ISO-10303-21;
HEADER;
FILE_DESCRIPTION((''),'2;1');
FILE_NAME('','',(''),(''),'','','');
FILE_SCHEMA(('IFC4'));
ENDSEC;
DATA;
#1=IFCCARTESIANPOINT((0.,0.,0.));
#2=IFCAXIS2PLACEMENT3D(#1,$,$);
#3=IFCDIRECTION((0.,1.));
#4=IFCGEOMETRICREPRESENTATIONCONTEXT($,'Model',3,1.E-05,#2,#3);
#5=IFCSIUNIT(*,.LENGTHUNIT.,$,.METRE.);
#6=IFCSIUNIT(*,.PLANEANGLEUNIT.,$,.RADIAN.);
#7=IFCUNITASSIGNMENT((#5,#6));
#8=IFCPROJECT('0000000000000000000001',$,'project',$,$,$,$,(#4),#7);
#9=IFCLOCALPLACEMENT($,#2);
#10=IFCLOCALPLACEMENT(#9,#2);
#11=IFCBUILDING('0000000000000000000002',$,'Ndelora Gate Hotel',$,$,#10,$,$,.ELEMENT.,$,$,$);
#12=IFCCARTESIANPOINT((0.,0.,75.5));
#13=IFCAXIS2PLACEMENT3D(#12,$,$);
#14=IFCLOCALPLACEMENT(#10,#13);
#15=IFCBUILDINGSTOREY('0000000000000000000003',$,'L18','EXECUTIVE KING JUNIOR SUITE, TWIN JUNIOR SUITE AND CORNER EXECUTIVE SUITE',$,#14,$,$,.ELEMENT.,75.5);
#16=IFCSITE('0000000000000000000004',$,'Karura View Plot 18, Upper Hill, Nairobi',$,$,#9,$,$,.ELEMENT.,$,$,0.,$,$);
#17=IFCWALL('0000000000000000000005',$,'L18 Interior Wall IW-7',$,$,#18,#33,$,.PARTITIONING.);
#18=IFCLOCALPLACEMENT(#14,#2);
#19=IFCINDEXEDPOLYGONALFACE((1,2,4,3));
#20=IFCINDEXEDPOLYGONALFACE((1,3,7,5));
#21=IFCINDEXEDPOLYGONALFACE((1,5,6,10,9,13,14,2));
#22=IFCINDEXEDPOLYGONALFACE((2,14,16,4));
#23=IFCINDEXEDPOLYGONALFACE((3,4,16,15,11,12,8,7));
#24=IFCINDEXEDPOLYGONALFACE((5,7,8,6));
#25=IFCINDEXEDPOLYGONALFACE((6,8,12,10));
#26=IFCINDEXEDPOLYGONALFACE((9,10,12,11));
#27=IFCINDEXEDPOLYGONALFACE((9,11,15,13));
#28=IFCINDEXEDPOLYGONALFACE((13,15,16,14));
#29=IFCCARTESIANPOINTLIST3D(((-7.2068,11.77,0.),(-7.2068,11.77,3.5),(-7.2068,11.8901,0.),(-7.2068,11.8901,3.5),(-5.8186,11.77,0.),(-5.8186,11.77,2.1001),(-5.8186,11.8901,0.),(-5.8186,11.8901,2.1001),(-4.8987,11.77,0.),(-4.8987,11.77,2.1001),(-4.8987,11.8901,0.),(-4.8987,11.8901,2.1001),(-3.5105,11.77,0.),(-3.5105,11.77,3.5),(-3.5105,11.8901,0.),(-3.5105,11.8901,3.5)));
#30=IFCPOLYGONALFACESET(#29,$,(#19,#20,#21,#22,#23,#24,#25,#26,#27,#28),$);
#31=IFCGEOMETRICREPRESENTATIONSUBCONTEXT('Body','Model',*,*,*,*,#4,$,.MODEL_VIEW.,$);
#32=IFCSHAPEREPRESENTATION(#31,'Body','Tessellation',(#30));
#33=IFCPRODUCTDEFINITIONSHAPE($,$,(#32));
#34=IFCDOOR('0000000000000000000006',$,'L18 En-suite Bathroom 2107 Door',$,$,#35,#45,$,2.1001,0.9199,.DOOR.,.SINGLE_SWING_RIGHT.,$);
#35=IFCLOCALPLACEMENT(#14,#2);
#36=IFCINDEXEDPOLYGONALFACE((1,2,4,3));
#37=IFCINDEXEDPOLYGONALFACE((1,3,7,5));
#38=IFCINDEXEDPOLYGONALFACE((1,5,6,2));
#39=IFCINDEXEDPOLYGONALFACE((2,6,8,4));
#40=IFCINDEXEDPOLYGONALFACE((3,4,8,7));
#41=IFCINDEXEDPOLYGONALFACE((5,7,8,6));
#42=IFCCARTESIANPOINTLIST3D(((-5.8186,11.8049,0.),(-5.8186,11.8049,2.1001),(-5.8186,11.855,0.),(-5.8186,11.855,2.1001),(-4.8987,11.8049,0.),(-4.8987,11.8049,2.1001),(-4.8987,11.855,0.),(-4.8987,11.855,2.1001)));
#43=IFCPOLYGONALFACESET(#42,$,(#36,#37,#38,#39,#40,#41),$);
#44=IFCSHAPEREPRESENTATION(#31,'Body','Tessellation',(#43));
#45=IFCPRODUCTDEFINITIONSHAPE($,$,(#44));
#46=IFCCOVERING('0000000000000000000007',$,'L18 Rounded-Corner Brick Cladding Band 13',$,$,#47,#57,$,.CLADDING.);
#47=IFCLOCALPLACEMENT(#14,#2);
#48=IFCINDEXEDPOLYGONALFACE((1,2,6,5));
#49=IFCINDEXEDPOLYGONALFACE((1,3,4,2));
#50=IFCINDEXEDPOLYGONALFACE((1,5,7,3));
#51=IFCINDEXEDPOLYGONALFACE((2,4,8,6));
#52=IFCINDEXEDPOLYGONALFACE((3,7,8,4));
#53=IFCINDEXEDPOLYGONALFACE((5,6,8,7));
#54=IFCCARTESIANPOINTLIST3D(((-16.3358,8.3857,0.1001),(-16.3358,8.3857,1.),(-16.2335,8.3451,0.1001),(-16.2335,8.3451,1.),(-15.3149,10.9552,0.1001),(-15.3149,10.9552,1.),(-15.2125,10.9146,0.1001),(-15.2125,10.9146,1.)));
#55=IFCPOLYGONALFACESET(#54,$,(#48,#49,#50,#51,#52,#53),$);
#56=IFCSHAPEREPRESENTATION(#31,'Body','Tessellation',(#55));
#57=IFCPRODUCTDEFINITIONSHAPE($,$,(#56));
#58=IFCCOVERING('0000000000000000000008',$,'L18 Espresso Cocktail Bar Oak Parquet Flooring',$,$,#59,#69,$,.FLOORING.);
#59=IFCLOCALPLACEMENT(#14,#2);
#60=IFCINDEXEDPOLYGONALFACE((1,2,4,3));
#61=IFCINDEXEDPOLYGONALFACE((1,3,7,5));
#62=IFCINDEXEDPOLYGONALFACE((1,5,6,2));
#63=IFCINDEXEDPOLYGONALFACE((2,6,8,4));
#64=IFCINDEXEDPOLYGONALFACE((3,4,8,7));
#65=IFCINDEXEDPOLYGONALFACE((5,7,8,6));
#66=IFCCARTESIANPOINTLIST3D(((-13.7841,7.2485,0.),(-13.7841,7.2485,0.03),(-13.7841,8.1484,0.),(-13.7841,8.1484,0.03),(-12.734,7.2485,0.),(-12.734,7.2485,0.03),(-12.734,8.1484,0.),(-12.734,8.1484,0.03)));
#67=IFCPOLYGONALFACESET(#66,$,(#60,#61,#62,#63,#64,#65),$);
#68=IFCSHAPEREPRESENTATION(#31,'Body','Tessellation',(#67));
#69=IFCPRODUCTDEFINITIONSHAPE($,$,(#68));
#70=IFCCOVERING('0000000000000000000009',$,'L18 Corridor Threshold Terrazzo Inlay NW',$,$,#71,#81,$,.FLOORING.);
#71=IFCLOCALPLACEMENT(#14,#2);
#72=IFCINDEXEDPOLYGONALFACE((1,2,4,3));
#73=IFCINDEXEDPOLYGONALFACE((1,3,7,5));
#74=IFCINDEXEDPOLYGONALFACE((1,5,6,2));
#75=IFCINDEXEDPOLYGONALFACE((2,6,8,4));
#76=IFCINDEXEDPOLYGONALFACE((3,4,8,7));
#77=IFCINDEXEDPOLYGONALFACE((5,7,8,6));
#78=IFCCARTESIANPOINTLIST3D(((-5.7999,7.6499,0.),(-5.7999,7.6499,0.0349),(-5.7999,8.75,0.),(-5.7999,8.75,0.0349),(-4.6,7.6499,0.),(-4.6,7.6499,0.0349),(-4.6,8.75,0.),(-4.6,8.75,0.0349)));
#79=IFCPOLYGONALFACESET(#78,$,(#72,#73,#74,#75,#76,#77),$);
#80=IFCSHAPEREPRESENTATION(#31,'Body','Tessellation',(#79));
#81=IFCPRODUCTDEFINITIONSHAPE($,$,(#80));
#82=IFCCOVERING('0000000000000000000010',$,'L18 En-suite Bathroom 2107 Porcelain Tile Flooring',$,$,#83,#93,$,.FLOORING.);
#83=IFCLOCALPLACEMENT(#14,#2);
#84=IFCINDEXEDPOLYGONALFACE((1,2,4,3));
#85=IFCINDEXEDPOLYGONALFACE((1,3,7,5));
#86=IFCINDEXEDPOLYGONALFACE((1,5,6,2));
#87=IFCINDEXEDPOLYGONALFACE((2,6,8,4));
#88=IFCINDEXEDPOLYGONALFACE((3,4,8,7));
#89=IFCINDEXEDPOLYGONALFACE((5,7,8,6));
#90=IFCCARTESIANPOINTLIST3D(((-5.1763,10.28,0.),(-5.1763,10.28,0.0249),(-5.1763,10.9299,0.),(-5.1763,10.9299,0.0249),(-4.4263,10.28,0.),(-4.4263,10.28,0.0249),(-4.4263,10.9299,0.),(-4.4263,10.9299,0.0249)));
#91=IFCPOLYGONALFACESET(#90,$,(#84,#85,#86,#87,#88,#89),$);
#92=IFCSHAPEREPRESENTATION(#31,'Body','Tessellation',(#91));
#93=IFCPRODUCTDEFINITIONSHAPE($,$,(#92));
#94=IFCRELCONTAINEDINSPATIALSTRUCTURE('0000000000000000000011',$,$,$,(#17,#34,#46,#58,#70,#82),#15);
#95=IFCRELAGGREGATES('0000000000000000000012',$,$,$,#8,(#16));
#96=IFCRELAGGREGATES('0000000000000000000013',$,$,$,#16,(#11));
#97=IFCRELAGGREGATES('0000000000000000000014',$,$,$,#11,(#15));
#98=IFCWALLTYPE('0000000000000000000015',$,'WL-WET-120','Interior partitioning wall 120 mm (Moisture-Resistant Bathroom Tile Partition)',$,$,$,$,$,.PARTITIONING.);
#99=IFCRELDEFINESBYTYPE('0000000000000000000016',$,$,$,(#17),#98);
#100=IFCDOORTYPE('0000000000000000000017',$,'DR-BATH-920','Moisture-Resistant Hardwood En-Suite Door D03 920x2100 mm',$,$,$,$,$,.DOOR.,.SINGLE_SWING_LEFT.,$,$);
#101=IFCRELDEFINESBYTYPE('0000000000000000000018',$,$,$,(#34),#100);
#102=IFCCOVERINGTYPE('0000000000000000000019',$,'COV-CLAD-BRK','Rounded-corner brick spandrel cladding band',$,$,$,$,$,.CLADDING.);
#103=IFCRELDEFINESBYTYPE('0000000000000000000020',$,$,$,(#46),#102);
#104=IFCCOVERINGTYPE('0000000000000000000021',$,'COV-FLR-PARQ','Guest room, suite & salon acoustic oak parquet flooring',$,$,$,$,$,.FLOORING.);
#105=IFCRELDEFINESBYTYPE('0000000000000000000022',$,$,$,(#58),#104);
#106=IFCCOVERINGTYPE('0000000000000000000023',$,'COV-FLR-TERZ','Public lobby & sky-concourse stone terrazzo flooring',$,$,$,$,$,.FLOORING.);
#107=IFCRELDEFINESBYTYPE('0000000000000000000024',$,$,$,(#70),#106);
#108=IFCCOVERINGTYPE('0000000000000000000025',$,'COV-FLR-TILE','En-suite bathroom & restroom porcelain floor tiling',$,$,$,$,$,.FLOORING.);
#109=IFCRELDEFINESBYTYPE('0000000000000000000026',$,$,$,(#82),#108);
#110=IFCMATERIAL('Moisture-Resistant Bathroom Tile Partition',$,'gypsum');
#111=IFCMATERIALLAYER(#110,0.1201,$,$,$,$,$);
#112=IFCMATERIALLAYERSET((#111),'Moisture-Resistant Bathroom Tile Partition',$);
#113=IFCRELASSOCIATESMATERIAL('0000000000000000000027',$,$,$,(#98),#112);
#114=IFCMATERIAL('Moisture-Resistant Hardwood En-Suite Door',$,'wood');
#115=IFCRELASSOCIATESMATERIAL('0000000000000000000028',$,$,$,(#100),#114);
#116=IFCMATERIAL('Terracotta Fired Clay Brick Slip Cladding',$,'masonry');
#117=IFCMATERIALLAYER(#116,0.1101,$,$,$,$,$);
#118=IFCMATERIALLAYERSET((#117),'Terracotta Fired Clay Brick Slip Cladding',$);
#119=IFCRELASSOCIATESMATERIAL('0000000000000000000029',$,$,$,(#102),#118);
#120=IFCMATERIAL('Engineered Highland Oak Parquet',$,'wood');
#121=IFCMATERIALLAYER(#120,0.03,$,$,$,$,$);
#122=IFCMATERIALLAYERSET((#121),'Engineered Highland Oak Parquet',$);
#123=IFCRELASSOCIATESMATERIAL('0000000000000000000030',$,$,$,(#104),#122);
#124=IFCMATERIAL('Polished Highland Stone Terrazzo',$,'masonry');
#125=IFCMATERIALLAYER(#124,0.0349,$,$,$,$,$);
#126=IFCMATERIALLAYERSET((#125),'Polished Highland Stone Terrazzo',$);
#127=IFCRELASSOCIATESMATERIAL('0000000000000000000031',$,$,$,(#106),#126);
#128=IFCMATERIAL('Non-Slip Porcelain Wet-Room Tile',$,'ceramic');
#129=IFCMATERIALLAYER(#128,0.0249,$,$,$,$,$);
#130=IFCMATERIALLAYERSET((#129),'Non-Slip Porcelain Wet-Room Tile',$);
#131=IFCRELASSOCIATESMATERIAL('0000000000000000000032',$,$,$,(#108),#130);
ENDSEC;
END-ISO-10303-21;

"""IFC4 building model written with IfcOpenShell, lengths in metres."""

from ifc_helpers import new_model, si_unit, direction, frame, frame_2d, origin, origin_2d, place, context, subcontext, project, spatial, rectangle, extrude, material, layer, layer_set, type_object, element, fill, save


model = new_model("IFC4")

# Units and contexts
model_context = context("Model", 3, precision=1e-05, world=origin(), true_north=direction((0.0, 1.0)))
body_context = subcontext(model_context, "Body", "Model", "MODEL_VIEW")
ifc_project = project(units=[si_unit("LENGTHUNIT", "METRE"), si_unit("PLANEANGLEUNIT", "RADIAN")], contexts=[model_context])

# Site, building, storey
site_placement = place(None, origin())
site = spatial("IfcSite", under=ifc_project, at=site_placement, Name="Karura View Plot 18, Upper Hill, Nairobi", CompositionType="ELEMENT", RefElevation=0.0)
building_placement = place(site_placement, origin())
building = spatial("IfcBuilding", under=site, at=building_placement, Name="Ndelora Gate Hotel", CompositionType="ELEMENT")
storey_placement = place(building_placement, frame((0.0, 0.0, 75.5)))
storey = spatial("IfcBuildingStorey", under=building, at=storey_placement, Name="L18", Description="EXECUTIVE KING JUNIOR SUITE, TWIN JUNIOR SUITE AND CORNER EXECUTIVE SUITE", CompositionType="ELEMENT", Elevation=75.5)

# Shared definitions
ifc_material_1 = material(Name="Moisture-Resistant Bathroom Tile Partition", Category="gypsum")
ifc_layer_1 = layer(ifc_material_1, 0.1201)
ifc_layer_set_1 = layer_set([ifc_layer_1], Name="Moisture-Resistant Bathroom Tile Partition")
wall_type_1 = type_object("IfcWallType", Name="WL-WET-120", Description="Interior partitioning wall 120 mm (Moisture-Resistant Bathroom Tile Partition)", PredefinedType="PARTITIONING", material=ifc_layer_set_1)

# Wall, opening, door
wall_1_placement = place(storey_placement, frame((-7.2068, 11.8301, 0.0), z_axis=(0.0, 0.0, 1.0), x_axis=(1.0, 0.0, 0.0)))
wall_1 = element("IfcWall", 1, at=wall_1_placement, inside=storey, type_object=wall_type_1, Name="L18 Interior Wall IW-7", PredefinedType="PARTITIONING", context=body_context, shape_type="SweptSolid", body=[
    extrude(rectangle(XDim=3.6963, YDim=0.1201, at=frame_2d((1.8481, 0.0))), origin(), (0.0, 0.0, 1.0), 3.5),
])
opening_1_placement = place(wall_1_placement, frame((1.3882, 0.0, 0.0)))
opening_1 = element("IfcOpeningElement", 2, at=opening_1_placement, cuts=wall_1, PredefinedType="OPENING", context=body_context, shape_type="SweptSolid", body=[
    extrude(rectangle(XDim=0.9199, YDim=2.1001, at=frame_2d((0.46, 1.05))), frame((0.0, 0.0701, 0.0), z_axis=(0.0, -1.0, 0.0), x_axis=(1.0, 0.0, 0.0)), (0.0, 0.0, 1.0), 0.1401),
])
ifc_material_2 = material(Name="Moisture-Resistant Hardwood En-Suite Door", Category="wood")
door_type_1 = type_object("IfcDoorType", Name="DR-BATH-920", Description="Moisture-Resistant Hardwood En-Suite Door D03 920x2100 mm", OperationType="SINGLE_SWING_LEFT", PredefinedType="DOOR", material=ifc_material_2)
door_1_placement = place(opening_1_placement, origin())
door_1 = element("IfcDoor", 3, at=door_1_placement, inside=storey, type_object=door_type_1, Name="L18 En-suite Bathroom 2107 Door", OperationType="SINGLE_SWING_RIGHT", OverallHeight=2.1001, OverallWidth=0.9199, PredefinedType="DOOR", context=body_context, shape_type="SweptSolid", body=[
    extrude(rectangle(XDim=0.9199, YDim=2.1001, at=frame_2d((0.46, 1.05))), frame((0.0, 0.0249, 0.0), z_axis=(0.0, -1.0, 0.0), x_axis=(1.0, 0.0, 0.0)), (0.0, 0.0, 1.0), 0.05),
])
fill(opening_1, door_1)

# Coverings
ifc_material_3 = material(Name="Terracotta Fired Clay Brick Slip Cladding", Category="masonry")
ifc_layer_2 = layer(ifc_material_3, 0.1101)
ifc_layer_set_2 = layer_set([ifc_layer_2], Name="Terracotta Fired Clay Brick Slip Cladding")
covering_type_1 = type_object("IfcCoveringType", Name="COV-CLAD-BRK", Description="Rounded-corner brick spandrel cladding band", PredefinedType="CLADDING", material=ifc_layer_set_2)
covering_1_placement = place(storey_placement, frame((-15.7742, 9.6501, 0.1001), z_axis=(0.0, 0.0, 1.0), x_axis=(0.36926, 0.929326, 0.0)))
element("IfcCovering", 4, at=covering_1_placement, inside=storey, type_object=covering_type_1, Name="L18 Rounded-Corner Brick Cladding Band 13", PredefinedType="CLADDING", context=body_context, shape_type="SweptSolid", body=[
    extrude(rectangle(XDim=2.7649, YDim=0.1101, at=origin_2d()), origin(), (0.0, 0.0, 1.0), 0.8999),
])
ifc_material_4 = material(Name="Engineered Highland Oak Parquet", Category="wood")
ifc_layer_3 = layer(ifc_material_4, 0.03)
ifc_layer_set_3 = layer_set([ifc_layer_3], Name="Engineered Highland Oak Parquet")
covering_type_2 = type_object("IfcCoveringType", Name="COV-FLR-PARQ", Description="Guest room, suite & salon acoustic oak parquet flooring", PredefinedType="FLOORING", material=ifc_layer_set_3)
covering_2_placement = place(storey_placement, frame((-13.259, 7.6985, 0.0), z_axis=(0.0, 0.0, 1.0), x_axis=(1.0, 0.0, 0.0)))
element("IfcCovering", 5, at=covering_2_placement, inside=storey, type_object=covering_type_2, Name="L18 Espresso Cocktail Bar Oak Parquet Flooring", PredefinedType="FLOORING", context=body_context, shape_type="SweptSolid", body=[
    extrude(rectangle(XDim=1.05, YDim=0.8999, at=origin_2d()), origin(), (0.0, 0.0, 1.0), 0.03),
])
ifc_material_5 = material(Name="Polished Highland Stone Terrazzo", Category="masonry")
ifc_layer_4 = layer(ifc_material_5, 0.0349)
ifc_layer_set_4 = layer_set([ifc_layer_4], Name="Polished Highland Stone Terrazzo")
covering_type_3 = type_object("IfcCoveringType", Name="COV-FLR-TERZ", Description="Public lobby & sky-concourse stone terrazzo flooring", PredefinedType="FLOORING", material=ifc_layer_set_4)
covering_3_placement = place(storey_placement, frame((-5.2, 8.2, 0.0), z_axis=(0.0, 0.0, 1.0), x_axis=(1.0, 0.0, 0.0)))
element("IfcCovering", 6, at=covering_3_placement, inside=storey, type_object=covering_type_3, Name="L18 Corridor Threshold Terrazzo Inlay NW", PredefinedType="FLOORING", context=body_context, shape_type="SweptSolid", body=[
    extrude(rectangle(XDim=1.2, YDim=1.1001, at=origin_2d()), origin(), (0.0, 0.0, 1.0), 0.0349),
])
ifc_material_6 = material(Name="Non-Slip Porcelain Wet-Room Tile", Category="ceramic")
ifc_layer_5 = layer(ifc_material_6, 0.0249)
ifc_layer_set_5 = layer_set([ifc_layer_5], Name="Non-Slip Porcelain Wet-Room Tile")
covering_type_4 = type_object("IfcCoveringType", Name="COV-FLR-TILE", Description="En-suite bathroom & restroom porcelain floor tiling", PredefinedType="FLOORING", material=ifc_layer_set_5)
covering_4_placement = place(storey_placement, frame((-4.8013, 10.605, 0.0), z_axis=(0.0, 0.0, 1.0), x_axis=(1.0, 0.0, 0.0)))
element("IfcCovering", 7, at=covering_4_placement, inside=storey, type_object=covering_type_4, Name="L18 En-suite Bathroom 2107 Porcelain Tile Flooring", PredefinedType="FLOORING", context=body_context, shape_type="SweptSolid", body=[
    extrude(rectangle(XDim=0.75, YDim=0.6499, at=origin_2d()), origin(), (0.0, 0.0, 1.0), 0.0249),
])

save(model, "model.ifc")
